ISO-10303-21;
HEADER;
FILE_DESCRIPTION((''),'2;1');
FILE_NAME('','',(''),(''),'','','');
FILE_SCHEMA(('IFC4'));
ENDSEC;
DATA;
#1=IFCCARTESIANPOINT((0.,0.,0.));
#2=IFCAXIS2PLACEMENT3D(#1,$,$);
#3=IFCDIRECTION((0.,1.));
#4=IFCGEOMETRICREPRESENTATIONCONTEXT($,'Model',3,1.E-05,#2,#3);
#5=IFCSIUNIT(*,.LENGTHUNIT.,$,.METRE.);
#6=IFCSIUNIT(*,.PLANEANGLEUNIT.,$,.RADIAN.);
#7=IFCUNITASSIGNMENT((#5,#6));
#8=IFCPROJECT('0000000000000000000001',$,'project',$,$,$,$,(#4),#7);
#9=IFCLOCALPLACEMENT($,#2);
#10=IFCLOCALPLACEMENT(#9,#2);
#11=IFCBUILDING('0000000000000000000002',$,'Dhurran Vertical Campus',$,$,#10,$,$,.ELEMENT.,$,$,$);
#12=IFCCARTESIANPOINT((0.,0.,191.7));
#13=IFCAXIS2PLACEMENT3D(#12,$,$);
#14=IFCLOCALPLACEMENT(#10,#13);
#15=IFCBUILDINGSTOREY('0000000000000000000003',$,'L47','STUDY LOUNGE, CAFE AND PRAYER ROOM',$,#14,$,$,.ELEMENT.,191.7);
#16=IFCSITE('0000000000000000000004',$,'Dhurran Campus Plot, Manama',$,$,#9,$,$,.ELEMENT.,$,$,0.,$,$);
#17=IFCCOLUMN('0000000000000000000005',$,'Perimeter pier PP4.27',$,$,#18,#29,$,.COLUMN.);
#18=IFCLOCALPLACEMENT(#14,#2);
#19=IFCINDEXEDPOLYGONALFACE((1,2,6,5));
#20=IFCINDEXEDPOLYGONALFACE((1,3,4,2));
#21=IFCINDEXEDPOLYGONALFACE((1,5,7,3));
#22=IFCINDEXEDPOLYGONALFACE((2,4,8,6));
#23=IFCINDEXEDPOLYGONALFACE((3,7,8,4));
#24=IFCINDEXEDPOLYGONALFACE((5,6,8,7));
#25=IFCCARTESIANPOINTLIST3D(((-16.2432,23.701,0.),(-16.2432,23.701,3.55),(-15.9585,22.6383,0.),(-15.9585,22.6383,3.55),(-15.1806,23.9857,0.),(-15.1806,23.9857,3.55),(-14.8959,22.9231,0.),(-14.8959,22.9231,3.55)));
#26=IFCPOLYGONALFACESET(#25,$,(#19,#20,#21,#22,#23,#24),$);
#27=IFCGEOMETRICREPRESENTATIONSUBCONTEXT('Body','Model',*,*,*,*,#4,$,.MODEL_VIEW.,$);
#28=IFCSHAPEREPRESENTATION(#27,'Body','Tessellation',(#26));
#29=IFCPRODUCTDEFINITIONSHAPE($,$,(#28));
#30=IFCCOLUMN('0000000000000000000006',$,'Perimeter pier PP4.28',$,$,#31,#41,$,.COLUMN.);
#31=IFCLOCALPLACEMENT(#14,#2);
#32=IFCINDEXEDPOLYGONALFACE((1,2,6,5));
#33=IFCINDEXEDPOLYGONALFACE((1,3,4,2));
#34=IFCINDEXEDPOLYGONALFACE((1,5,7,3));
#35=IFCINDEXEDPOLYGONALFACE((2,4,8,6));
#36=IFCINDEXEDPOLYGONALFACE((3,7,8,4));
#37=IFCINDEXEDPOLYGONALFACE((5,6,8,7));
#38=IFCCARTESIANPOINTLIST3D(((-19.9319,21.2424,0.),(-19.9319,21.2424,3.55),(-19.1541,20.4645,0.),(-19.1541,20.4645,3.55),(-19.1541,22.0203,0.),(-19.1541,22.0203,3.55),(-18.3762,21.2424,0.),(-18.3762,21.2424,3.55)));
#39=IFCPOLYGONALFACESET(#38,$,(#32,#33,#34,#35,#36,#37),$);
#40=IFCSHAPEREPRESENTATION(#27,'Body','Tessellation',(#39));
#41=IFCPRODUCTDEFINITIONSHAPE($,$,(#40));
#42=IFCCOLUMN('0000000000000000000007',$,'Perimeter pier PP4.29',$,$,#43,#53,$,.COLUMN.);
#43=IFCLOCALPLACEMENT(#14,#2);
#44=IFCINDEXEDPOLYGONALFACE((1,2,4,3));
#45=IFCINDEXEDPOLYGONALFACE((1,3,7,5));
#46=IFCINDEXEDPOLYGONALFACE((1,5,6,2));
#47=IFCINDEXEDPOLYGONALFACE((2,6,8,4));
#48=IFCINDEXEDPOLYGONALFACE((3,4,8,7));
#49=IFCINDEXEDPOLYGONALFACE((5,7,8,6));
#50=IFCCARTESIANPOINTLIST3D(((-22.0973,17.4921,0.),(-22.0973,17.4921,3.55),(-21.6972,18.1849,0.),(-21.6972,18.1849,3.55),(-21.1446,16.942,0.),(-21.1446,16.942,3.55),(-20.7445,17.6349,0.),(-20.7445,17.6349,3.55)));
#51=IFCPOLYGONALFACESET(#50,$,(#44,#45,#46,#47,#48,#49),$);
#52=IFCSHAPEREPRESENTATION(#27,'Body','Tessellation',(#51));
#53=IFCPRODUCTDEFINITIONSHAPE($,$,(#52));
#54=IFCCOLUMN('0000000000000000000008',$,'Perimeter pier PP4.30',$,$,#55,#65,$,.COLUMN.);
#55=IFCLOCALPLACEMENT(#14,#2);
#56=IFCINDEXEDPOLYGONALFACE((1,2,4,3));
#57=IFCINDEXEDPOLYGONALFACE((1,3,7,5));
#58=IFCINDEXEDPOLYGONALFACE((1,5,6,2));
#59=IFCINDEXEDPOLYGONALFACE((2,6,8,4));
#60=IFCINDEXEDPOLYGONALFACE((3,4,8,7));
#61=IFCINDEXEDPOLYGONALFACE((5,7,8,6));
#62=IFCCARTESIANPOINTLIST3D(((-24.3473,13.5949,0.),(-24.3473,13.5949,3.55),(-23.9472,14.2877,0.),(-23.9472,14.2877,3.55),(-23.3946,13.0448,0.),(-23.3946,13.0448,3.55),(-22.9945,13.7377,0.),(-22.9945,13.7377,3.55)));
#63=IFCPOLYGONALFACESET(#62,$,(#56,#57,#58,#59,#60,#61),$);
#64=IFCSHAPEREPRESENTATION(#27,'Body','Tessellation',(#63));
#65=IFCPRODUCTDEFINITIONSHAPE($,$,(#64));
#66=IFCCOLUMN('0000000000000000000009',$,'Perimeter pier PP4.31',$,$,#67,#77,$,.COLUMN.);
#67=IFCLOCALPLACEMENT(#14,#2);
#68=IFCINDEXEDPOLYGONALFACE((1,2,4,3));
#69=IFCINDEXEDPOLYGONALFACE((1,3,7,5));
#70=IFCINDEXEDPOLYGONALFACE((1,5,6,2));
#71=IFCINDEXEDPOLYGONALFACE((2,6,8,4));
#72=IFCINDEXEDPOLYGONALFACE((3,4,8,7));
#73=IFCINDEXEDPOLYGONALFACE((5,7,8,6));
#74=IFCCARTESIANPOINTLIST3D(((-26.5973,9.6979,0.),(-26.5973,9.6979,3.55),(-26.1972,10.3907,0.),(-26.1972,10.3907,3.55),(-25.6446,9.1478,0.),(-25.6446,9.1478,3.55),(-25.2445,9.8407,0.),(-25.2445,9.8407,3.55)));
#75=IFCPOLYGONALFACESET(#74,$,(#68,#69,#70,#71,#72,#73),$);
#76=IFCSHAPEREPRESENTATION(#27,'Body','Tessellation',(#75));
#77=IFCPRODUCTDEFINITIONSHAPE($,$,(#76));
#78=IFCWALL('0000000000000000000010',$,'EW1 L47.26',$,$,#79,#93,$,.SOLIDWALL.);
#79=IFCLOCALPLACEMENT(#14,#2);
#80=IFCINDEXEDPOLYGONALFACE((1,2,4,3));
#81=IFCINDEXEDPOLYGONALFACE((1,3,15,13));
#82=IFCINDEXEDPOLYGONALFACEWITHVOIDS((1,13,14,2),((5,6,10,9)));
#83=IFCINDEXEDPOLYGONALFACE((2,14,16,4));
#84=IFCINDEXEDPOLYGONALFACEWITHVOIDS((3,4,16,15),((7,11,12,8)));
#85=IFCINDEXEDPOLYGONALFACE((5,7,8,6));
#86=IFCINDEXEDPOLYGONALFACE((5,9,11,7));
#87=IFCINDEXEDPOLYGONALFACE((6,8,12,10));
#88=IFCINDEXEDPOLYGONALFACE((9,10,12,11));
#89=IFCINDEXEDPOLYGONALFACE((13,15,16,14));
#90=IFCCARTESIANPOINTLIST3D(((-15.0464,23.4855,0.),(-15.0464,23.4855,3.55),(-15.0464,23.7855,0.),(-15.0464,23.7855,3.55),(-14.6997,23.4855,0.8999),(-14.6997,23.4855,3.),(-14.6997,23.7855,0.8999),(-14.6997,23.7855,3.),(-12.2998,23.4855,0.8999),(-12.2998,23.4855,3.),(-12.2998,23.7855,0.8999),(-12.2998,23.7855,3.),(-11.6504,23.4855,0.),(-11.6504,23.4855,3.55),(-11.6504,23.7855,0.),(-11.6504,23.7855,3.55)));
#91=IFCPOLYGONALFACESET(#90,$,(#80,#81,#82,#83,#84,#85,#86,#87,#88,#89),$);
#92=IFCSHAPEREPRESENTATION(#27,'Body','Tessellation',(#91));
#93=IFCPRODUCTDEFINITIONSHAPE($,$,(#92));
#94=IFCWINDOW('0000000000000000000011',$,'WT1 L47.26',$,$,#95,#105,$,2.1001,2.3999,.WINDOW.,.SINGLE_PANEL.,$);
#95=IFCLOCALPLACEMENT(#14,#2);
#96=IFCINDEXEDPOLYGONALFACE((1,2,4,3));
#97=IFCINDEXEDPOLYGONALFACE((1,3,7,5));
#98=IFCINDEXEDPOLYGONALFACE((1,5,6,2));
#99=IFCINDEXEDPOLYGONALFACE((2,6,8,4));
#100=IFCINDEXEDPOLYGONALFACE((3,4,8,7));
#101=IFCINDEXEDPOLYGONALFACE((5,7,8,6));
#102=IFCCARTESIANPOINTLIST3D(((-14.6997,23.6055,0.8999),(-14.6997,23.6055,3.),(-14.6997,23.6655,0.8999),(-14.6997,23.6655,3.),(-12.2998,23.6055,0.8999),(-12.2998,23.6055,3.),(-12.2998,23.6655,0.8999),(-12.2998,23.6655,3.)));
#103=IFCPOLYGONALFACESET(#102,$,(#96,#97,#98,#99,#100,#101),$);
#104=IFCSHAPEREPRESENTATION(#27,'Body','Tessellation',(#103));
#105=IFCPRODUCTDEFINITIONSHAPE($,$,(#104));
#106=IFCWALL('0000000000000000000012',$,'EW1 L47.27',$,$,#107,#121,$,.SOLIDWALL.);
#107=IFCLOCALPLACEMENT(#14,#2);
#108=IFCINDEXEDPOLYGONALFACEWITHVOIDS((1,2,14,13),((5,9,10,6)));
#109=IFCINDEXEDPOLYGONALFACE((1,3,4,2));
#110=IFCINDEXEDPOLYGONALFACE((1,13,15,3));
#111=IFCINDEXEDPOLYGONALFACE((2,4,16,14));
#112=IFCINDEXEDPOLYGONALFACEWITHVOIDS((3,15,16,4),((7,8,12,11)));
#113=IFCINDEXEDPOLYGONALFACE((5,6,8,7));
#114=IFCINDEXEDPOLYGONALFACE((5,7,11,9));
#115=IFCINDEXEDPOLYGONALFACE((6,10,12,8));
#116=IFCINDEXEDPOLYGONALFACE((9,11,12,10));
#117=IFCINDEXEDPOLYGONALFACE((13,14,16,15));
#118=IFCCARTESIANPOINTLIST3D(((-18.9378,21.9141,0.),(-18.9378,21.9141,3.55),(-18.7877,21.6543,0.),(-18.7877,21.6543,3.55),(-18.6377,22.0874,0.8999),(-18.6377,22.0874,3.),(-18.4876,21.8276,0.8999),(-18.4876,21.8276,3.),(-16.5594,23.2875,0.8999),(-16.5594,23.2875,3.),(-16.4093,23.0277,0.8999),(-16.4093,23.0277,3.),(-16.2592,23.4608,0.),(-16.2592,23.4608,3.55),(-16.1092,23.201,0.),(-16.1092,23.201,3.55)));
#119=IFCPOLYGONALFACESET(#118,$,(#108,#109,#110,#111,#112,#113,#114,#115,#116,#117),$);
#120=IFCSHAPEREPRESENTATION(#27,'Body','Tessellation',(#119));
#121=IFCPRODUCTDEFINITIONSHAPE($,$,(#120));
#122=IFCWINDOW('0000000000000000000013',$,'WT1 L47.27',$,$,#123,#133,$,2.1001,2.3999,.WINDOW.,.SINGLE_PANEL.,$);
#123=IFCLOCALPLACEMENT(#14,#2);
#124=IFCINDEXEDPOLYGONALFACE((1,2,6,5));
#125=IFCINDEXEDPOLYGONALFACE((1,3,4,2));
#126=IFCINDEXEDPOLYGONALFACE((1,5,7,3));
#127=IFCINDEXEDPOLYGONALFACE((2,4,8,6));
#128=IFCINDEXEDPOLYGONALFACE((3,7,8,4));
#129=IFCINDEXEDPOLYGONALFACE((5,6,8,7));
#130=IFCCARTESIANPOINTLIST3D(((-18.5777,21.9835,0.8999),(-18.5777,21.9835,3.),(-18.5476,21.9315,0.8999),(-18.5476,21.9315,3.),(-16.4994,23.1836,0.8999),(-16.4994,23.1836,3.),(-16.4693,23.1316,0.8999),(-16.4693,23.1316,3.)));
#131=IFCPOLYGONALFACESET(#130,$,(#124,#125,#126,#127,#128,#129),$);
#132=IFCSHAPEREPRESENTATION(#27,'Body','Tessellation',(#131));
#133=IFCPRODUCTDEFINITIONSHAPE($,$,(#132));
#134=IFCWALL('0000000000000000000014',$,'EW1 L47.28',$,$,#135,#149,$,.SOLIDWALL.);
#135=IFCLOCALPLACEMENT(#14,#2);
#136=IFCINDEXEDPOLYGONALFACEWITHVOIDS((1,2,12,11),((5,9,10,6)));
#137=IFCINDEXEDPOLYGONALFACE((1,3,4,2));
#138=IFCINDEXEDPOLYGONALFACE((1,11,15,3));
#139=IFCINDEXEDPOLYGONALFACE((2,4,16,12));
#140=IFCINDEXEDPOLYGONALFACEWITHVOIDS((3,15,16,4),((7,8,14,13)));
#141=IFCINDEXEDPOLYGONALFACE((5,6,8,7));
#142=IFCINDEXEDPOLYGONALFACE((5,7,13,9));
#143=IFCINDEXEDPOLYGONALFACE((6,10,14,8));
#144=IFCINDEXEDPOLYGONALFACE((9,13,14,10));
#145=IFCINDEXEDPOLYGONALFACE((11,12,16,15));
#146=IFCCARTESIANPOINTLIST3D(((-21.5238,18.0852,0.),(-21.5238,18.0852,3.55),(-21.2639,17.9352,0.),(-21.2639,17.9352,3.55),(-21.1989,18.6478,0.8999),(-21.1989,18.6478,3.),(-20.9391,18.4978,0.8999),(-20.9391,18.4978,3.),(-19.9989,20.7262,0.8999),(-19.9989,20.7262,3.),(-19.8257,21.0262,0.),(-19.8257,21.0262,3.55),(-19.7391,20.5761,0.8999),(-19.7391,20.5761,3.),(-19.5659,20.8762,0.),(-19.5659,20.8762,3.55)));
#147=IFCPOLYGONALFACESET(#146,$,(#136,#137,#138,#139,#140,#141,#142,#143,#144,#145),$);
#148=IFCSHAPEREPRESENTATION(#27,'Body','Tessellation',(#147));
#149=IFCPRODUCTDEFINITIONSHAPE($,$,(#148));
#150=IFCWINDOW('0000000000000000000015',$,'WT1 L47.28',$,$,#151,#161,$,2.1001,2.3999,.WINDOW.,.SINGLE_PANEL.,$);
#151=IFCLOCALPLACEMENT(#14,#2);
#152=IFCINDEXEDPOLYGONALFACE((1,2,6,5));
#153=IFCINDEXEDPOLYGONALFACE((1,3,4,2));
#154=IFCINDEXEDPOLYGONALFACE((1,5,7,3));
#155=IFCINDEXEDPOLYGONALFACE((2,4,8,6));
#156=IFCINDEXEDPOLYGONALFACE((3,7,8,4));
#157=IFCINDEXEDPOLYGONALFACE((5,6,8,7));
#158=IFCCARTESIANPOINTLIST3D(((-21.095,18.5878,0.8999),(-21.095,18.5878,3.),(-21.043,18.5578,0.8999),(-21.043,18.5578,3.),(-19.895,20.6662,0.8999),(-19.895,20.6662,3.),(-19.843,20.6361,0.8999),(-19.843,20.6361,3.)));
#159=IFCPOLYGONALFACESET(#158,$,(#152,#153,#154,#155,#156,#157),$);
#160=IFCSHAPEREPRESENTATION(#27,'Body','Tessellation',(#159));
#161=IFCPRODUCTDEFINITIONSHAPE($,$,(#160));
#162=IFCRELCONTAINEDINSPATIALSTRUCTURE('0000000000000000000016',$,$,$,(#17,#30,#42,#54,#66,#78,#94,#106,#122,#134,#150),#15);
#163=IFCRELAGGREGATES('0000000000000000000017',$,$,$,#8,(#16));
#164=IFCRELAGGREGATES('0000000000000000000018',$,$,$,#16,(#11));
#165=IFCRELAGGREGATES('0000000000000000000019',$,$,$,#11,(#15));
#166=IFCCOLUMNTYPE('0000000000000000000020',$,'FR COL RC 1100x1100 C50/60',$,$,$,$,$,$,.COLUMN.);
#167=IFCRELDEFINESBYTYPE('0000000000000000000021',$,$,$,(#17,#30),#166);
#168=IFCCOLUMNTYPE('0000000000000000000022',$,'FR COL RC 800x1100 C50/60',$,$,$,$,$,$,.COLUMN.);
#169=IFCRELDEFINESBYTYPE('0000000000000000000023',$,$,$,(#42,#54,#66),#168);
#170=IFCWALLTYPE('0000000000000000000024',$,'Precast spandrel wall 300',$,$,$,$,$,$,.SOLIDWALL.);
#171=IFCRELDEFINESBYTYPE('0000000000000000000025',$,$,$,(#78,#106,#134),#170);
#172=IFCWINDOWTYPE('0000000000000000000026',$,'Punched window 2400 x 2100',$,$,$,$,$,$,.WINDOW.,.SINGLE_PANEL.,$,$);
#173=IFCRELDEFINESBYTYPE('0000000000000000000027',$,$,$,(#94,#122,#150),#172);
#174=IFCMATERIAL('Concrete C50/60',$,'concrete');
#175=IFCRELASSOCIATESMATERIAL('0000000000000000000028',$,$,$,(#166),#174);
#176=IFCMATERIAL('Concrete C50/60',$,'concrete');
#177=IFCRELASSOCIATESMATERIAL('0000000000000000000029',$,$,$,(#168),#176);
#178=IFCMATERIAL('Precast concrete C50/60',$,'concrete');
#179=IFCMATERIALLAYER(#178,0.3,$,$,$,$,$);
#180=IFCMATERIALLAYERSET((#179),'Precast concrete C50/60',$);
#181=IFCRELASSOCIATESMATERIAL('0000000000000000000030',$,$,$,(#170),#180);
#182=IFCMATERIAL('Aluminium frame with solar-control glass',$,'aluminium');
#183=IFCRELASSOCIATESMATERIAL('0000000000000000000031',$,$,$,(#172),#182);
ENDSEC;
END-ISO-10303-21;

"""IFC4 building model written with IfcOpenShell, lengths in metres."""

from ifc_helpers import new_model, si_unit, direction, frame, frame_2d, origin, origin_2d, place, context, subcontext, project, spatial, rectangle, extrude, material, layer, layer_set, material_profile, profile_set, type_object, element, fill, save


model = new_model("IFC4")

# Units and contexts
model_context = context("Model", 3, precision=1e-05, world=origin(), true_north=direction((0.0, 1.0)))
body_context = subcontext(model_context, "Body", "Model", "MODEL_VIEW")
ifc_project = project(units=[si_unit("LENGTHUNIT", "METRE"), si_unit("PLANEANGLEUNIT", "RADIAN")], contexts=[model_context])

# Site, building, storey
site_placement = place(None, origin())
site = spatial("IfcSite", under=ifc_project, at=site_placement, Name="Dhurran Campus Plot, Manama", CompositionType="ELEMENT", RefElevation=0.0)
building_placement = place(site_placement, origin())
building = spatial("IfcBuilding", under=site, at=building_placement, Name="Dhurran Vertical Campus", CompositionType="ELEMENT")
storey_placement = place(building_placement, frame((0.0, 0.0, 191.7)))
storey = spatial("IfcBuildingStorey", under=building, at=storey_placement, Name="L47", Description="STUDY LOUNGE, CAFE AND PRAYER ROOM", CompositionType="ELEMENT", Elevation=191.7)

# Columns
ifc_material_1 = material(Name="Concrete C50/60", Category="concrete")
ifc_material_profile_1 = material_profile(ifc_material_1, rectangle(XDim=1.1001, YDim=1.1001, at=origin_2d()), Name="RC 1100x1100")
ifc_profile_set_1 = profile_set([ifc_material_profile_1], Name="Concrete C50/60")
column_type_1 = type_object("IfcColumnType", Name="FR COL RC 1100x1100 C50/60", PredefinedType="COLUMN", material=ifc_profile_set_1)
for number, where, z_axis, x_axis, name in (
    (1, (-15.5696, 23.312, 0.0), (0.0, 0.0, 1.0), (-0.965926, -0.258819, 0.0), "Perimeter pier PP4.27"),
    (2, (-19.1541, 21.2424, 0.0), (0.0, 0.0, 1.0), (-0.707107, -0.707107, 0.0), "Perimeter pier PP4.28"),
):
    element("IfcColumn", number, at=place(storey_placement, frame(where, z_axis=z_axis, x_axis=x_axis)), inside=storey, type_object=column_type_1, Name=name, PredefinedType="COLUMN", context=body_context, shape_type="SweptSolid", body=[
        extrude(rectangle(XDim=1.1001, YDim=1.1001, at=origin_2d()), origin(), (0.0, 0.0, 1.0), 3.55),
    ])
ifc_material_2 = material(Name="Concrete C50/60", Category="concrete")
ifc_material_profile_2 = material_profile(ifc_material_2, rectangle(XDim=0.8, YDim=1.1001, at=origin_2d()), Name="RC 800x1100")
ifc_profile_set_2 = profile_set([ifc_material_profile_2], Name="Concrete C50/60")
column_type_2 = type_object("IfcColumnType", Name="FR COL RC 800x1100 C50/60", PredefinedType="COLUMN", material=ifc_profile_set_2)
for number, where, z_axis, x_axis, name in (
    (3, (-21.4209, 17.5635, 0.0), (0.0, 0.0, 1.0), (-0.5, -0.866025, 0.0), "Perimeter pier PP4.29"),
    (4, (-23.6709, 13.6663, 0.0), (0.0, 0.0, 1.0), (-0.5, -0.866025, 0.0), "Perimeter pier PP4.30"),
    (5, (-25.9209, 9.7693, 0.0), (0.0, 0.0, 1.0), (-0.5, -0.866025, 0.0), "Perimeter pier PP4.31"),
):
    element("IfcColumn", number, at=place(storey_placement, frame(where, z_axis=z_axis, x_axis=x_axis)), inside=storey, type_object=column_type_2, Name=name, PredefinedType="COLUMN", context=body_context, shape_type="SweptSolid", body=[
        extrude(rectangle(XDim=0.8, YDim=1.1001, at=origin_2d()), origin(), (0.0, 0.0, 1.0), 3.55),
    ])

# Walls, openings, windows
ifc_material_3 = material(Name="Precast concrete C50/60", Category="concrete")
ifc_layer_1 = layer(ifc_material_3, 0.3)
ifc_layer_set_1 = layer_set([ifc_layer_1], Name="Precast concrete C50/60")
wall_type_1 = type_object("IfcWallType", Name="Precast spandrel wall 300", PredefinedType="SOLIDWALL", material=ifc_layer_set_1)
wall_1_placement = place(storey_placement, frame((-11.6504, 23.6355, 0.0), z_axis=(0.0, 0.0, 1.0), x_axis=(-1.0, 0.0, 0.0)))
wall_1 = element("IfcWall", 6, at=wall_1_placement, inside=storey, type_object=wall_type_1, Name="EW1 L47.26", PredefinedType="SOLIDWALL", context=body_context, shape_type="SweptSolid", body=[
    extrude(rectangle(XDim=3.396, YDim=0.3, at=frame_2d((1.698, 0.0))), origin(), (0.0, 0.0, 1.0), 3.55),
])
opening_1_placement = place(wall_1_placement, frame((0.6494, 0.0, 0.8999)))
opening_1 = element("IfcOpeningElement", 7, at=opening_1_placement, cuts=wall_1, PredefinedType="OPENING", context=body_context, shape_type="SweptSolid", body=[
    extrude(rectangle(XDim=2.3999, YDim=2.1001, at=frame_2d((1.2, 1.05))), frame((0.0, 0.1599, 0.0), z_axis=(0.0, -1.0, 0.0), x_axis=(1.0, 0.0, 0.0)), (0.0, 0.0, 1.0), 0.3201),
])
ifc_material_4 = material(Name="Aluminium frame with solar-control glass", Category="aluminium")
window_type = type_object("IfcWindowType", Name="Punched window 2400 x 2100", PartitioningType="SINGLE_PANEL", PredefinedType="WINDOW", material=ifc_material_4)
window_1_placement = place(opening_1_placement, origin())
window_1 = element("IfcWindow", 8, at=window_1_placement, inside=storey, type_object=window_type, Name="WT1 L47.26", OverallHeight=2.1001, OverallWidth=2.3999, PartitioningType="SINGLE_PANEL", PredefinedType="WINDOW", context=body_context, shape_type="SweptSolid", body=[
    extrude(rectangle(XDim=2.3999, YDim=2.1001, at=frame_2d((1.2, 1.05))), frame((0.0, 0.03, 0.0), z_axis=(0.0, -1.0, 0.0), x_axis=(1.0, 0.0, 0.0)), (0.0, 0.0, 1.0), 0.0601),
])
fill(opening_1, window_1)
wall_2_placement = place(storey_placement, frame((-16.1843, 23.3308, 0.0), z_axis=(0.0, 0.0, 1.0), x_axis=(-0.865995, -0.500053, 0.0)))
wall_2 = element("IfcWall", 9, at=wall_2_placement, inside=storey, type_object=wall_type_1, Name="EW1 L47.27", PredefinedType="SOLIDWALL", context=body_context, shape_type="SweptSolid", body=[
    extrude(rectangle(XDim=3.093, YDim=0.3, at=frame_2d((1.5464, 0.0))), origin(), (0.0, 0.0, 1.0), 3.55),
])
opening_2_placement = place(wall_2_placement, frame((0.3464, 0.0, 0.8999)))
opening_2 = element("IfcOpeningElement", 10, at=opening_2_placement, cuts=wall_2, PredefinedType="OPENING", context=body_context, shape_type="SweptSolid", body=[
    extrude(rectangle(XDim=2.3999, YDim=2.1001, at=frame_2d((1.2, 1.05))), frame((0.0, 0.1599, 0.0), z_axis=(0.0, -1.0, 0.0), x_axis=(1.0, 0.0, 0.0)), (0.0, 0.0, 1.0), 0.3201),
])
window_2_placement = place(opening_2_placement, origin())
window_2 = element("IfcWindow", 11, at=window_2_placement, inside=storey, type_object=window_type, Name="WT1 L47.27", OverallHeight=2.1001, OverallWidth=2.3999, PartitioningType="SINGLE_PANEL", PredefinedType="WINDOW", context=body_context, shape_type="SweptSolid", body=[
    extrude(rectangle(XDim=2.3999, YDim=2.1001, at=frame_2d((1.2, 1.05))), frame((0.0, 0.03, 0.0), z_axis=(0.0, -1.0, 0.0), x_axis=(1.0, 0.0, 0.0)), (0.0, 0.0, 1.0), 0.0601),
])
fill(opening_2, window_2)
wall_3_placement = place(storey_placement, frame((-19.6958, 20.9512, 0.0), z_axis=(0.0, 0.0, 1.0), x_axis=(-0.500013, -0.866018, 0.0)))
wall_3 = element("IfcWall", 12, at=wall_3_placement, inside=storey, type_object=wall_type_1, Name="EW1 L47.28", PredefinedType="SOLIDWALL", context=body_context, shape_type="SweptSolid", body=[
    extrude(rectangle(XDim=3.396, YDim=0.3, at=frame_2d((1.698, 0.0))), origin(), (0.0, 0.0, 1.0), 3.55),
])
opening_3_placement = place(wall_3_placement, frame((0.3464, 0.0, 0.8999)))
opening_3 = element("IfcOpeningElement", 13, at=opening_3_placement, cuts=wall_3, PredefinedType="OPENING", context=body_context, shape_type="SweptSolid", body=[
    extrude(rectangle(XDim=2.3999, YDim=2.1001, at=frame_2d((1.2, 1.05))), frame((0.0, 0.1599, 0.0), z_axis=(0.0, -1.0, 0.0), x_axis=(1.0, 0.0, 0.0)), (0.0, 0.0, 1.0), 0.3201),
])
window_3_placement = place(opening_3_placement, origin())
window_3 = element("IfcWindow", 14, at=window_3_placement, inside=storey, type_object=window_type, Name="WT1 L47.28", OverallHeight=2.1001, OverallWidth=2.3999, PartitioningType="SINGLE_PANEL", PredefinedType="WINDOW", context=body_context, shape_type="SweptSolid", body=[
    extrude(rectangle(XDim=2.3999, YDim=2.1001, at=frame_2d((1.2, 1.05))), frame((0.0, 0.03, 0.0), z_axis=(0.0, -1.0, 0.0), x_axis=(1.0, 0.0, 0.0)), (0.0, 0.0, 1.0), 0.0601),
])
fill(opening_3, window_3)

save(model, "model.ifc")
